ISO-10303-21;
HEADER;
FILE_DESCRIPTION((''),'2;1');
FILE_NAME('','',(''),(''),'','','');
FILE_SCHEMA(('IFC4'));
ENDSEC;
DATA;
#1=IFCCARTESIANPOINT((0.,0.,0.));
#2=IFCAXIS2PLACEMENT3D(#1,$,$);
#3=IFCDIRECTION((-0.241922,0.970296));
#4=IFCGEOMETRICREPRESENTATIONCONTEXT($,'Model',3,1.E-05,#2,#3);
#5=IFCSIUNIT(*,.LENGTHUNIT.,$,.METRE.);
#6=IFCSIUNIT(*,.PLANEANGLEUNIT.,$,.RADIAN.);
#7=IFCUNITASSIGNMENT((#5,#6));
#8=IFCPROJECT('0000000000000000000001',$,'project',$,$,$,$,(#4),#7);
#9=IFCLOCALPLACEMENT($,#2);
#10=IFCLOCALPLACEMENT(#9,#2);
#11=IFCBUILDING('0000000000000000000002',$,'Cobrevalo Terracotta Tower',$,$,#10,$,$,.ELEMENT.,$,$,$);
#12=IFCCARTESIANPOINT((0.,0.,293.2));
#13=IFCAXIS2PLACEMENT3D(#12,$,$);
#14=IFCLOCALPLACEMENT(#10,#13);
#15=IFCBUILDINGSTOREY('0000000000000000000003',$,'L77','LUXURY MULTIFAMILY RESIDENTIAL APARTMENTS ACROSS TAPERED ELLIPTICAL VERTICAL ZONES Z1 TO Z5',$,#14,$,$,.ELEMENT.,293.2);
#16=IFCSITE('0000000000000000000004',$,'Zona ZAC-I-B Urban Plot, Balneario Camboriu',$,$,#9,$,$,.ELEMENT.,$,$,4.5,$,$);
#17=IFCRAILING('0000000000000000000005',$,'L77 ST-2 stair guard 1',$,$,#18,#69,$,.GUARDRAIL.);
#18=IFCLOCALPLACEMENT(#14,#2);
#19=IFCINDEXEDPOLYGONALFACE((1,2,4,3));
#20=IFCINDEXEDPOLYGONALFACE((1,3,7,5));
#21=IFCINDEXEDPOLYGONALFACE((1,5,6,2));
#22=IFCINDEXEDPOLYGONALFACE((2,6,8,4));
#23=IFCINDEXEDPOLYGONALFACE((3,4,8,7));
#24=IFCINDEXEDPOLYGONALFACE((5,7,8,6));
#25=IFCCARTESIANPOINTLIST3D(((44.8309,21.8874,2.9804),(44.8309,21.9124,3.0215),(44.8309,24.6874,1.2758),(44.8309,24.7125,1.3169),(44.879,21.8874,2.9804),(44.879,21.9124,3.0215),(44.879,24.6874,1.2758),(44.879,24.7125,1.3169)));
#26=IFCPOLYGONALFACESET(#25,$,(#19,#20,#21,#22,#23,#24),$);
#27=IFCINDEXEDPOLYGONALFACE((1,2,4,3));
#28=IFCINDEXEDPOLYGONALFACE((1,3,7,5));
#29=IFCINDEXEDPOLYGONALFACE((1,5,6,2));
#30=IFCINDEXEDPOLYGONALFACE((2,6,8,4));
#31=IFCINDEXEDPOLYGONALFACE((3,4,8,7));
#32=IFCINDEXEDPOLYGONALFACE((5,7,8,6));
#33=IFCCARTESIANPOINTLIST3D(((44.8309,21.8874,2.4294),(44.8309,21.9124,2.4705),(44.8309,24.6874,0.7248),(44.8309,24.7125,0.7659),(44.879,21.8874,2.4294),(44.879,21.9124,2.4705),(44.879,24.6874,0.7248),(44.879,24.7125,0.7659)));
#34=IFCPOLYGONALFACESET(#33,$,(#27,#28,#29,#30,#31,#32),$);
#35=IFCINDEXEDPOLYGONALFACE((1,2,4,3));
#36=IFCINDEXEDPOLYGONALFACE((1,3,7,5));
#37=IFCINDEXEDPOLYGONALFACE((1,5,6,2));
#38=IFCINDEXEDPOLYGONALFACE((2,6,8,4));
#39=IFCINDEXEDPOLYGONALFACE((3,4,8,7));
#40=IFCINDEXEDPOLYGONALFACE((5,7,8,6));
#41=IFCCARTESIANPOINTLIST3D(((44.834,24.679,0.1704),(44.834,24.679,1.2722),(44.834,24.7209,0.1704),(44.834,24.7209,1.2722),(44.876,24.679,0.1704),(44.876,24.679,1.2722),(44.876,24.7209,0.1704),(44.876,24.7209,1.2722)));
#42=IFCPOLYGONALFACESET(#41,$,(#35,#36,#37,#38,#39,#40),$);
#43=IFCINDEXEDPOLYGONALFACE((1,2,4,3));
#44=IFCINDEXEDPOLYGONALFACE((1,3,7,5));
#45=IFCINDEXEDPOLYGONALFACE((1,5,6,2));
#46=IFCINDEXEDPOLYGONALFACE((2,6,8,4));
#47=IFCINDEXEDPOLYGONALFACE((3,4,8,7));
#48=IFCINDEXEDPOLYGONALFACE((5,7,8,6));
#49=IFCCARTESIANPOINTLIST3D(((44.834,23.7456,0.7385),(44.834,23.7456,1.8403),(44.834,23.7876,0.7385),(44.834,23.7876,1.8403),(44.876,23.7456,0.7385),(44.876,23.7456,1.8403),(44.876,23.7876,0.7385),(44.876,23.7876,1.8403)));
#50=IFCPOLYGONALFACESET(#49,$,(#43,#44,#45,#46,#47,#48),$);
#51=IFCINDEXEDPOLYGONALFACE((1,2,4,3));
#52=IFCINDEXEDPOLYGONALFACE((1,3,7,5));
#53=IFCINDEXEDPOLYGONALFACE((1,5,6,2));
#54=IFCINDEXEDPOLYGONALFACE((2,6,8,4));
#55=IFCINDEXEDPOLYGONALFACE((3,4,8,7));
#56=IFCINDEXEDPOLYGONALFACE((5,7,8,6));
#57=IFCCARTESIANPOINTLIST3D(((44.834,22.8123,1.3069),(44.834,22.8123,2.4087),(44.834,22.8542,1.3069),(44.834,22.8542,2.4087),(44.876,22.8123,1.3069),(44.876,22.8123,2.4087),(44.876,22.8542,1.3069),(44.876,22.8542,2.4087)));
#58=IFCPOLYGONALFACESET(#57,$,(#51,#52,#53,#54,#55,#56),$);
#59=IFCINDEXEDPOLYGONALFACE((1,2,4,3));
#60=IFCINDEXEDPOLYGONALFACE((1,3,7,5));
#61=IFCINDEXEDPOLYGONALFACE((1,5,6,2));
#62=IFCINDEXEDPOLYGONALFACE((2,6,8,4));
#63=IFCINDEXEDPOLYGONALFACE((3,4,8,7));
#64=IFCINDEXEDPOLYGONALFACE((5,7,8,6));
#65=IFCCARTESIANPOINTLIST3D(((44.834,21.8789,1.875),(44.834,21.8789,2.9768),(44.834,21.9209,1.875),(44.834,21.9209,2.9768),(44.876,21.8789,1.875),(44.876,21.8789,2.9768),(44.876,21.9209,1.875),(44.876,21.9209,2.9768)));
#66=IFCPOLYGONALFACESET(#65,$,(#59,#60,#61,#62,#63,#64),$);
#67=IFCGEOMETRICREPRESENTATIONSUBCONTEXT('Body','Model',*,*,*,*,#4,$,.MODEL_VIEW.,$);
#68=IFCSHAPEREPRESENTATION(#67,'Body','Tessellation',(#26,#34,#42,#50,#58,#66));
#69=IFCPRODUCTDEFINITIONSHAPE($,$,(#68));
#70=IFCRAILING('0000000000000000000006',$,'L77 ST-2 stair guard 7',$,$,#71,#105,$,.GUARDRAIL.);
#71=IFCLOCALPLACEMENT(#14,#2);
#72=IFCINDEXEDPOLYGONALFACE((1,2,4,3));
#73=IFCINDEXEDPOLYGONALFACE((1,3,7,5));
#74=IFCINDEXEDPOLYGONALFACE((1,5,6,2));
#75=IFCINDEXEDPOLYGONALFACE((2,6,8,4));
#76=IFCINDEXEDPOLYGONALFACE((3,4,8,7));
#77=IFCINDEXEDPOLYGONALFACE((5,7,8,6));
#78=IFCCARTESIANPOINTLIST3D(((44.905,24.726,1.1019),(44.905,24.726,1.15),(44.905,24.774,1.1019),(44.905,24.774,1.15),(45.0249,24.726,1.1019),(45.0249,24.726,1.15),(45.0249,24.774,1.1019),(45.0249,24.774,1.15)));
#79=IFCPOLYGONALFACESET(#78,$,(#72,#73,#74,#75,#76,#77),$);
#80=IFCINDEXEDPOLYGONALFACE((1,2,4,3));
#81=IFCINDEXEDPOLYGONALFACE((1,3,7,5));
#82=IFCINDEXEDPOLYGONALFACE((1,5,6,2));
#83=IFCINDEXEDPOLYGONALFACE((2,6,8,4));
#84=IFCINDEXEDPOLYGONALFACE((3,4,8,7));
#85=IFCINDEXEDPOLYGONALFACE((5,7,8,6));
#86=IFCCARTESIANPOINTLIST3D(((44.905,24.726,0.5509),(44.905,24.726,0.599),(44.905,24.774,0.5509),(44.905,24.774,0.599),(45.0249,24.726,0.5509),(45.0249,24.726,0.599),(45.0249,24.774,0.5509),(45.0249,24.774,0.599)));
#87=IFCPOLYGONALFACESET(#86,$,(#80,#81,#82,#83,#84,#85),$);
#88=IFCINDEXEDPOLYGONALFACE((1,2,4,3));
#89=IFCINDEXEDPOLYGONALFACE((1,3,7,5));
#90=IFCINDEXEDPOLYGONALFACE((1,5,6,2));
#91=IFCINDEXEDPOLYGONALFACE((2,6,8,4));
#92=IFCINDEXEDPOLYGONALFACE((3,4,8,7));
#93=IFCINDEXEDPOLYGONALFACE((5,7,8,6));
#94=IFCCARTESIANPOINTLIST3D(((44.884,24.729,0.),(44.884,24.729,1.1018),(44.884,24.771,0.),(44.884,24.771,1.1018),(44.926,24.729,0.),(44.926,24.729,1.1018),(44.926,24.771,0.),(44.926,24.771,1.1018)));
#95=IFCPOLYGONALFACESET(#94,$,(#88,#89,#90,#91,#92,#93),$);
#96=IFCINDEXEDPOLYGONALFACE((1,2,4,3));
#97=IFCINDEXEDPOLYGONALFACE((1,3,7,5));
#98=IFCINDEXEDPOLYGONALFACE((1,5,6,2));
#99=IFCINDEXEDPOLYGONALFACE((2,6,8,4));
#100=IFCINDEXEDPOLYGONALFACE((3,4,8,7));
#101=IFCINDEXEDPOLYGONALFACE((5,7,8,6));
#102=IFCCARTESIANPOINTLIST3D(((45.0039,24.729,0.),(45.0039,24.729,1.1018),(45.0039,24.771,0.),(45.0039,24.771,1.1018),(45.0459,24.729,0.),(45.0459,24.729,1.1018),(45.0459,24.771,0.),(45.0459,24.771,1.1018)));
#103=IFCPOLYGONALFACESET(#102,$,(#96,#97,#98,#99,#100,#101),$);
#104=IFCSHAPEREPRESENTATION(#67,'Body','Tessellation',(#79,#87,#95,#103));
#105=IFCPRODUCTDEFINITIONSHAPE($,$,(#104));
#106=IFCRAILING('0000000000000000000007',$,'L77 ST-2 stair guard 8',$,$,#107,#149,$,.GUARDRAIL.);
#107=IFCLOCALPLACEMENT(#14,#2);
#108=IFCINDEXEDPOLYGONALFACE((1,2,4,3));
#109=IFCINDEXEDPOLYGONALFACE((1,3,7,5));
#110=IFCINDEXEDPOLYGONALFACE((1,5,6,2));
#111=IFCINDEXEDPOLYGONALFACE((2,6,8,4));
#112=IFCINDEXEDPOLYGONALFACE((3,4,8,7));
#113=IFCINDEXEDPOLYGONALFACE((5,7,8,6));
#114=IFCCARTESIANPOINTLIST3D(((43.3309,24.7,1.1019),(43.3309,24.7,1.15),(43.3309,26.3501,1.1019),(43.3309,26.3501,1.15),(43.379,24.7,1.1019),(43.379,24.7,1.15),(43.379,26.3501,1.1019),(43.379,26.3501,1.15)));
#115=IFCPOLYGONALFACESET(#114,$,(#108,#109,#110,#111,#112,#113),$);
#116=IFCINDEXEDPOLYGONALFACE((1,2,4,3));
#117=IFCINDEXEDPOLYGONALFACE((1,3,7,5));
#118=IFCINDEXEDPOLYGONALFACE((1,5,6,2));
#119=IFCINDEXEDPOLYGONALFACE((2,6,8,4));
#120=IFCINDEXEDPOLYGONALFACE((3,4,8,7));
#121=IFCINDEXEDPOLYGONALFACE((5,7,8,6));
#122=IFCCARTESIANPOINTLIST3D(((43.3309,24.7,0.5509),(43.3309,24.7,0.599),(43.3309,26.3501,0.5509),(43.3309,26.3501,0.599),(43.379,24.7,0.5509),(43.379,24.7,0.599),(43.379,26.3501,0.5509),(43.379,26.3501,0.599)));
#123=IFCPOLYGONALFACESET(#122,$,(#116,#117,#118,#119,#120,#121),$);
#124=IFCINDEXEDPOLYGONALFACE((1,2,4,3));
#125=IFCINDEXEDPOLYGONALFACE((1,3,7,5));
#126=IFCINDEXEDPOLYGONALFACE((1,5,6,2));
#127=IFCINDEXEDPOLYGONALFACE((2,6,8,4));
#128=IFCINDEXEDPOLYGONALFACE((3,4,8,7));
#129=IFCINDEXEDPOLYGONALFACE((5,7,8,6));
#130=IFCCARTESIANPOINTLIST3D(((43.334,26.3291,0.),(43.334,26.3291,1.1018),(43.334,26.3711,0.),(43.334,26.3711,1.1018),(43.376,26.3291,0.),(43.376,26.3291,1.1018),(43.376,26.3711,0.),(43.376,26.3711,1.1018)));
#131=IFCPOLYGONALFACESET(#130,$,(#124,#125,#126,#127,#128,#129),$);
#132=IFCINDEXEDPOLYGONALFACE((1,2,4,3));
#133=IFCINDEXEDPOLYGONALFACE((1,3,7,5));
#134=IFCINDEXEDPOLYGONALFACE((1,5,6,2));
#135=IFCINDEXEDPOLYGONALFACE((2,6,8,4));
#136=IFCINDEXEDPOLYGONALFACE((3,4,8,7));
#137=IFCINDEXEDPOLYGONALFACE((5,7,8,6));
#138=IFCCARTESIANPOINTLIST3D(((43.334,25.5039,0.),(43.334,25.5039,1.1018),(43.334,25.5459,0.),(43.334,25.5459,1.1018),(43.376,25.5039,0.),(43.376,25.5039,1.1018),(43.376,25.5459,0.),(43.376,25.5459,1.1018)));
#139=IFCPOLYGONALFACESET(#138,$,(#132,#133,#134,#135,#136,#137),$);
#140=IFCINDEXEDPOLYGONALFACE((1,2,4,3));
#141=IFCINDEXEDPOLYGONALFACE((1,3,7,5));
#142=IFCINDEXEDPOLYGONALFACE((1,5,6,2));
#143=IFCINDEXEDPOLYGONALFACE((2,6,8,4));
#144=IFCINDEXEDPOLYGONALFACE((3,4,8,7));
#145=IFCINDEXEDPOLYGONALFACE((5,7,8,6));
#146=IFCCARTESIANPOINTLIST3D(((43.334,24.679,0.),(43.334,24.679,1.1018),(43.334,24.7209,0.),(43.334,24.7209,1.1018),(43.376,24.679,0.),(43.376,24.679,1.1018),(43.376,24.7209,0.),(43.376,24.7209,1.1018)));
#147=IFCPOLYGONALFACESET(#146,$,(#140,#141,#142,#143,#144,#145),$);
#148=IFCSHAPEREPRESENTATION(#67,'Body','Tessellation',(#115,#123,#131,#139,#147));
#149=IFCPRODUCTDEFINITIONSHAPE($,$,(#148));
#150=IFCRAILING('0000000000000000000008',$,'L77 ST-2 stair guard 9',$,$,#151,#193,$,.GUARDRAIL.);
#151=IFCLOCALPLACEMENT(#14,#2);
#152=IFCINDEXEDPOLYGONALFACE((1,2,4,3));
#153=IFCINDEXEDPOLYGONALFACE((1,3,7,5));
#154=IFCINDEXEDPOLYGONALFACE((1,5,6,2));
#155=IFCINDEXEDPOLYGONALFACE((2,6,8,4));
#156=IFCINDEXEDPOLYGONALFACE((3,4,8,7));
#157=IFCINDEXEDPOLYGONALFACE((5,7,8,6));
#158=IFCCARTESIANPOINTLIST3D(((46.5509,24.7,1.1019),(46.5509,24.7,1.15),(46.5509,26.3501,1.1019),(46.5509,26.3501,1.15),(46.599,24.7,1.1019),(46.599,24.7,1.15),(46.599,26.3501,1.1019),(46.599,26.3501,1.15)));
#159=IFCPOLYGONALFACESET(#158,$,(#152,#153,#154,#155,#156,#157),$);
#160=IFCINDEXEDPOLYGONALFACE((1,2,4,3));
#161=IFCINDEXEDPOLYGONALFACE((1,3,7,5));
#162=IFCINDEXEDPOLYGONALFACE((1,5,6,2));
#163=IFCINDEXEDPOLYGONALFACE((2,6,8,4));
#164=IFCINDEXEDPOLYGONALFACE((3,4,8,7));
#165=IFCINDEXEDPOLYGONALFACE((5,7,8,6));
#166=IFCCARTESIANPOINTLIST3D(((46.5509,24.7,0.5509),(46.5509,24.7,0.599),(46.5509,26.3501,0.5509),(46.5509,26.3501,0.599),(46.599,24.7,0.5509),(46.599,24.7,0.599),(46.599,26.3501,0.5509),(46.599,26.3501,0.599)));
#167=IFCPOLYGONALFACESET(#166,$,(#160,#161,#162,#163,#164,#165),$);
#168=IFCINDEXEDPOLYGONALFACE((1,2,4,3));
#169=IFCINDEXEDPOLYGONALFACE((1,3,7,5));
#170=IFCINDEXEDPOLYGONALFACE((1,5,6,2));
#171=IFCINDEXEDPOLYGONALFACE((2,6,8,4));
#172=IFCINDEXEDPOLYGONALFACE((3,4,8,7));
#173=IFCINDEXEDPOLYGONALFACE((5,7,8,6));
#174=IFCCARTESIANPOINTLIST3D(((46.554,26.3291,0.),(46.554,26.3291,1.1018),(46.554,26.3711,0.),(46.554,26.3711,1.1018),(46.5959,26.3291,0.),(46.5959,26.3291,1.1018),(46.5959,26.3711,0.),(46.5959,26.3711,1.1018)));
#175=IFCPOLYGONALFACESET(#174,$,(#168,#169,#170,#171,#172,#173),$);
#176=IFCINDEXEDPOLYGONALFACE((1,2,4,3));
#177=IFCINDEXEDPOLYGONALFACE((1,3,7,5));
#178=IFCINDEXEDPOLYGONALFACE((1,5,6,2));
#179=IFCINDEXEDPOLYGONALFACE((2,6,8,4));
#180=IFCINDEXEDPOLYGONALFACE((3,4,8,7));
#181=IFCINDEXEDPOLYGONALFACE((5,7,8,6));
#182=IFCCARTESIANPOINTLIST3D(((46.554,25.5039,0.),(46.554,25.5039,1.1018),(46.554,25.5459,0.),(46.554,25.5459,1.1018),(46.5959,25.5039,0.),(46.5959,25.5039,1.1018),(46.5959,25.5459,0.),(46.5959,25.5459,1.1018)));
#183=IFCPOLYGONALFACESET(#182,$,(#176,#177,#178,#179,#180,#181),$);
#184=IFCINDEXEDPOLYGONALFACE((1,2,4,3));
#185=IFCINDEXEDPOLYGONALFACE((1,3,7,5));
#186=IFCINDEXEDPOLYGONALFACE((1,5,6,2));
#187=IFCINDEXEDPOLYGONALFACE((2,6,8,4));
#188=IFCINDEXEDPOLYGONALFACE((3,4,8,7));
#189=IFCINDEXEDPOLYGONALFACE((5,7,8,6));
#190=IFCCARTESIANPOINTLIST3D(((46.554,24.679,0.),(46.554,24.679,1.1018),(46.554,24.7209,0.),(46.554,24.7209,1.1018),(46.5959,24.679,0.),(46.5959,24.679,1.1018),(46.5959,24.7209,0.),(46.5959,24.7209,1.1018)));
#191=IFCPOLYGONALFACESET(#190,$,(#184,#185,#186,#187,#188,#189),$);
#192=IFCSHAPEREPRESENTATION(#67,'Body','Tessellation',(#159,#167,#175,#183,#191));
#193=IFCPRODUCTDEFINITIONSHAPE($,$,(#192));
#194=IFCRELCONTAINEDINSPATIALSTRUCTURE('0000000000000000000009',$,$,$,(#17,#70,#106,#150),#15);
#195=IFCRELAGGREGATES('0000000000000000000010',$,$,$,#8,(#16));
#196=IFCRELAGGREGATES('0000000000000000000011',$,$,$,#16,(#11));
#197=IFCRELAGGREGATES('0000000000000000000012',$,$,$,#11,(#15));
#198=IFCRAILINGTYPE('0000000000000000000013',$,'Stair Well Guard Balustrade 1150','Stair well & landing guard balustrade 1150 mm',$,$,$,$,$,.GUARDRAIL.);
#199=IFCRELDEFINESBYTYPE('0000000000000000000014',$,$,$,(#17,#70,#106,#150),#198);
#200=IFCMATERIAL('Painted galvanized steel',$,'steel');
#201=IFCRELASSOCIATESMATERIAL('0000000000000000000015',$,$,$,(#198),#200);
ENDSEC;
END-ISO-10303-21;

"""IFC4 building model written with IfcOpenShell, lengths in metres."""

from ifc_helpers import new_model, si_unit, direction, frame, origin, origin_2d, place, context, subcontext, project, spatial, rectangle, extrude, material, type_object, element, save


model = new_model("IFC4")

# Units and contexts
model_context = context("Model", 3, precision=1e-05, world=origin(), true_north=direction((-0.241922, 0.970296)))
body_context = subcontext(model_context, "Body", "Model", "MODEL_VIEW")
ifc_project = project(units=[si_unit("LENGTHUNIT", "METRE"), si_unit("PLANEANGLEUNIT", "RADIAN")], contexts=[model_context])

# Site, building, storey
site_placement = place(None, origin())
site = spatial("IfcSite", under=ifc_project, at=site_placement, Name="Zona ZAC-I-B Urban Plot, Balneario Camboriu", CompositionType="ELEMENT", RefElevation=4.5)
building_placement = place(site_placement, origin())
building = spatial("IfcBuilding", under=site, at=building_placement, Name="Cobrevalo Terracotta Tower", CompositionType="ELEMENT")
storey_placement = place(building_placement, frame((0.0, 0.0, 293.2)))
storey = spatial("IfcBuildingStorey", under=building, at=storey_placement, Name="L77", Description="LUXURY MULTIFAMILY RESIDENTIAL APARTMENTS ACROSS TAPERED ELLIPTICAL VERTICAL ZONES Z1 TO Z5", CompositionType="ELEMENT", Elevation=293.2)

# Railings
ifc_material_1 = material(Name="Painted galvanized steel", Category="steel")
railing_type = type_object("IfcRailingType", Name="Stair Well Guard Balustrade 1150", Description="Stair well & landing guard balustrade 1150 mm", PredefinedType="GUARDRAIL", material=ifc_material_1)
railing_1_placement = place(storey_placement, frame((44.855, 24.7, 0.1704)))
element("IfcRailing", 1, at=railing_1_placement, inside=storey, type_object=railing_type, Name="L77 ST-2 stair guard 1", PredefinedType="GUARDRAIL", context=body_context, shape_type="SweptSolid", body=[
    extrude(rectangle(XDim=0.0481, YDim=0.0481, at=origin_2d()), frame((0.0, 0.0, 1.126), z_axis=(0.0, -0.85417, 0.519994), x_axis=(1.0, 0.0, 0.0)), (0.0, 0.0, 1.0), 3.2781),
    extrude(rectangle(XDim=0.0481, YDim=0.0481, at=origin_2d()), frame((0.0, 0.0, 0.575), z_axis=(0.0, -0.85417, 0.519994), x_axis=(1.0, 0.0, 0.0)), (0.0, 0.0, 1.0), 3.2781),
    extrude(rectangle(XDim=0.042, YDim=0.042, at=origin_2d()), origin(), (0.0, 0.0, 1.0), 1.1018),
    extrude(rectangle(XDim=0.042, YDim=0.042, at=origin_2d()), frame((0.0, -0.9333, 0.5681)), (0.0, 0.0, 1.0), 1.1018),
    extrude(rectangle(XDim=0.042, YDim=0.042, at=origin_2d()), frame((0.0, -1.8667, 1.1365)), (0.0, 0.0, 1.0), 1.1018),
    extrude(rectangle(XDim=0.042, YDim=0.042, at=origin_2d()), frame((0.0, -2.8, 1.7046)), (0.0, 0.0, 1.0), 1.1018),
])
railing_2_placement = place(storey_placement, frame((44.905, 24.75, 0.0)))
element("IfcRailing", 2, at=railing_2_placement, inside=storey, type_object=railing_type, Name="L77 ST-2 stair guard 7", PredefinedType="GUARDRAIL", context=body_context, shape_type="SweptSolid", body=[
    extrude(rectangle(XDim=0.0481, YDim=0.0481, at=origin_2d()), frame((0.0, 0.0, 1.126), z_axis=(1.0, 0.0, 0.0), x_axis=(0.0, 1.0, 0.0)), (0.0, 0.0, 1.0), 0.1199),
    extrude(rectangle(XDim=0.0481, YDim=0.0481, at=origin_2d()), frame((0.0, 0.0, 0.575), z_axis=(1.0, 0.0, 0.0), x_axis=(0.0, 1.0, 0.0)), (0.0, 0.0, 1.0), 0.1199),
    extrude(rectangle(XDim=0.042, YDim=0.042, at=origin_2d()), origin(), (0.0, 0.0, 1.0), 1.1018),
    extrude(rectangle(XDim=0.042, YDim=0.042, at=origin_2d()), frame((0.1199, 0.0, 0.0)), (0.0, 0.0, 1.0), 1.1018),
])
for number, where, name in (
    (3, (43.355, 26.3501, 0.0), "L77 ST-2 stair guard 8"),
    (4, (46.575, 26.3501, 0.0), "L77 ST-2 stair guard 9"),
):
    element("IfcRailing", number, at=place(storey_placement, frame(where)), inside=storey, type_object=railing_type, Name=name, PredefinedType="GUARDRAIL", context=body_context, shape_type="SweptSolid", body=[
        extrude(rectangle(XDim=0.0481, YDim=0.0481, at=origin_2d()), frame((0.0, 0.0, 1.126), z_axis=(0.0, -1.0, 0.0), x_axis=(1.0, 0.0, 0.0)), (0.0, 0.0, 1.0), 1.6501),
        extrude(rectangle(XDim=0.0481, YDim=0.0481, at=origin_2d()), frame((0.0, 0.0, 0.575), z_axis=(0.0, -1.0, 0.0), x_axis=(1.0, 0.0, 0.0)), (0.0, 0.0, 1.0), 1.6501),
        extrude(rectangle(XDim=0.042, YDim=0.042, at=origin_2d()), origin(), (0.0, 0.0, 1.0), 1.1018),
        extrude(rectangle(XDim=0.042, YDim=0.042, at=origin_2d()), frame((0.0, -0.8252, 0.0)), (0.0, 0.0, 1.0), 1.1018),
        extrude(rectangle(XDim=0.042, YDim=0.042, at=origin_2d()), frame((0.0, -1.6501, 0.0)), (0.0, 0.0, 1.0), 1.1018),
    ])

save(model, "model.ifc")
